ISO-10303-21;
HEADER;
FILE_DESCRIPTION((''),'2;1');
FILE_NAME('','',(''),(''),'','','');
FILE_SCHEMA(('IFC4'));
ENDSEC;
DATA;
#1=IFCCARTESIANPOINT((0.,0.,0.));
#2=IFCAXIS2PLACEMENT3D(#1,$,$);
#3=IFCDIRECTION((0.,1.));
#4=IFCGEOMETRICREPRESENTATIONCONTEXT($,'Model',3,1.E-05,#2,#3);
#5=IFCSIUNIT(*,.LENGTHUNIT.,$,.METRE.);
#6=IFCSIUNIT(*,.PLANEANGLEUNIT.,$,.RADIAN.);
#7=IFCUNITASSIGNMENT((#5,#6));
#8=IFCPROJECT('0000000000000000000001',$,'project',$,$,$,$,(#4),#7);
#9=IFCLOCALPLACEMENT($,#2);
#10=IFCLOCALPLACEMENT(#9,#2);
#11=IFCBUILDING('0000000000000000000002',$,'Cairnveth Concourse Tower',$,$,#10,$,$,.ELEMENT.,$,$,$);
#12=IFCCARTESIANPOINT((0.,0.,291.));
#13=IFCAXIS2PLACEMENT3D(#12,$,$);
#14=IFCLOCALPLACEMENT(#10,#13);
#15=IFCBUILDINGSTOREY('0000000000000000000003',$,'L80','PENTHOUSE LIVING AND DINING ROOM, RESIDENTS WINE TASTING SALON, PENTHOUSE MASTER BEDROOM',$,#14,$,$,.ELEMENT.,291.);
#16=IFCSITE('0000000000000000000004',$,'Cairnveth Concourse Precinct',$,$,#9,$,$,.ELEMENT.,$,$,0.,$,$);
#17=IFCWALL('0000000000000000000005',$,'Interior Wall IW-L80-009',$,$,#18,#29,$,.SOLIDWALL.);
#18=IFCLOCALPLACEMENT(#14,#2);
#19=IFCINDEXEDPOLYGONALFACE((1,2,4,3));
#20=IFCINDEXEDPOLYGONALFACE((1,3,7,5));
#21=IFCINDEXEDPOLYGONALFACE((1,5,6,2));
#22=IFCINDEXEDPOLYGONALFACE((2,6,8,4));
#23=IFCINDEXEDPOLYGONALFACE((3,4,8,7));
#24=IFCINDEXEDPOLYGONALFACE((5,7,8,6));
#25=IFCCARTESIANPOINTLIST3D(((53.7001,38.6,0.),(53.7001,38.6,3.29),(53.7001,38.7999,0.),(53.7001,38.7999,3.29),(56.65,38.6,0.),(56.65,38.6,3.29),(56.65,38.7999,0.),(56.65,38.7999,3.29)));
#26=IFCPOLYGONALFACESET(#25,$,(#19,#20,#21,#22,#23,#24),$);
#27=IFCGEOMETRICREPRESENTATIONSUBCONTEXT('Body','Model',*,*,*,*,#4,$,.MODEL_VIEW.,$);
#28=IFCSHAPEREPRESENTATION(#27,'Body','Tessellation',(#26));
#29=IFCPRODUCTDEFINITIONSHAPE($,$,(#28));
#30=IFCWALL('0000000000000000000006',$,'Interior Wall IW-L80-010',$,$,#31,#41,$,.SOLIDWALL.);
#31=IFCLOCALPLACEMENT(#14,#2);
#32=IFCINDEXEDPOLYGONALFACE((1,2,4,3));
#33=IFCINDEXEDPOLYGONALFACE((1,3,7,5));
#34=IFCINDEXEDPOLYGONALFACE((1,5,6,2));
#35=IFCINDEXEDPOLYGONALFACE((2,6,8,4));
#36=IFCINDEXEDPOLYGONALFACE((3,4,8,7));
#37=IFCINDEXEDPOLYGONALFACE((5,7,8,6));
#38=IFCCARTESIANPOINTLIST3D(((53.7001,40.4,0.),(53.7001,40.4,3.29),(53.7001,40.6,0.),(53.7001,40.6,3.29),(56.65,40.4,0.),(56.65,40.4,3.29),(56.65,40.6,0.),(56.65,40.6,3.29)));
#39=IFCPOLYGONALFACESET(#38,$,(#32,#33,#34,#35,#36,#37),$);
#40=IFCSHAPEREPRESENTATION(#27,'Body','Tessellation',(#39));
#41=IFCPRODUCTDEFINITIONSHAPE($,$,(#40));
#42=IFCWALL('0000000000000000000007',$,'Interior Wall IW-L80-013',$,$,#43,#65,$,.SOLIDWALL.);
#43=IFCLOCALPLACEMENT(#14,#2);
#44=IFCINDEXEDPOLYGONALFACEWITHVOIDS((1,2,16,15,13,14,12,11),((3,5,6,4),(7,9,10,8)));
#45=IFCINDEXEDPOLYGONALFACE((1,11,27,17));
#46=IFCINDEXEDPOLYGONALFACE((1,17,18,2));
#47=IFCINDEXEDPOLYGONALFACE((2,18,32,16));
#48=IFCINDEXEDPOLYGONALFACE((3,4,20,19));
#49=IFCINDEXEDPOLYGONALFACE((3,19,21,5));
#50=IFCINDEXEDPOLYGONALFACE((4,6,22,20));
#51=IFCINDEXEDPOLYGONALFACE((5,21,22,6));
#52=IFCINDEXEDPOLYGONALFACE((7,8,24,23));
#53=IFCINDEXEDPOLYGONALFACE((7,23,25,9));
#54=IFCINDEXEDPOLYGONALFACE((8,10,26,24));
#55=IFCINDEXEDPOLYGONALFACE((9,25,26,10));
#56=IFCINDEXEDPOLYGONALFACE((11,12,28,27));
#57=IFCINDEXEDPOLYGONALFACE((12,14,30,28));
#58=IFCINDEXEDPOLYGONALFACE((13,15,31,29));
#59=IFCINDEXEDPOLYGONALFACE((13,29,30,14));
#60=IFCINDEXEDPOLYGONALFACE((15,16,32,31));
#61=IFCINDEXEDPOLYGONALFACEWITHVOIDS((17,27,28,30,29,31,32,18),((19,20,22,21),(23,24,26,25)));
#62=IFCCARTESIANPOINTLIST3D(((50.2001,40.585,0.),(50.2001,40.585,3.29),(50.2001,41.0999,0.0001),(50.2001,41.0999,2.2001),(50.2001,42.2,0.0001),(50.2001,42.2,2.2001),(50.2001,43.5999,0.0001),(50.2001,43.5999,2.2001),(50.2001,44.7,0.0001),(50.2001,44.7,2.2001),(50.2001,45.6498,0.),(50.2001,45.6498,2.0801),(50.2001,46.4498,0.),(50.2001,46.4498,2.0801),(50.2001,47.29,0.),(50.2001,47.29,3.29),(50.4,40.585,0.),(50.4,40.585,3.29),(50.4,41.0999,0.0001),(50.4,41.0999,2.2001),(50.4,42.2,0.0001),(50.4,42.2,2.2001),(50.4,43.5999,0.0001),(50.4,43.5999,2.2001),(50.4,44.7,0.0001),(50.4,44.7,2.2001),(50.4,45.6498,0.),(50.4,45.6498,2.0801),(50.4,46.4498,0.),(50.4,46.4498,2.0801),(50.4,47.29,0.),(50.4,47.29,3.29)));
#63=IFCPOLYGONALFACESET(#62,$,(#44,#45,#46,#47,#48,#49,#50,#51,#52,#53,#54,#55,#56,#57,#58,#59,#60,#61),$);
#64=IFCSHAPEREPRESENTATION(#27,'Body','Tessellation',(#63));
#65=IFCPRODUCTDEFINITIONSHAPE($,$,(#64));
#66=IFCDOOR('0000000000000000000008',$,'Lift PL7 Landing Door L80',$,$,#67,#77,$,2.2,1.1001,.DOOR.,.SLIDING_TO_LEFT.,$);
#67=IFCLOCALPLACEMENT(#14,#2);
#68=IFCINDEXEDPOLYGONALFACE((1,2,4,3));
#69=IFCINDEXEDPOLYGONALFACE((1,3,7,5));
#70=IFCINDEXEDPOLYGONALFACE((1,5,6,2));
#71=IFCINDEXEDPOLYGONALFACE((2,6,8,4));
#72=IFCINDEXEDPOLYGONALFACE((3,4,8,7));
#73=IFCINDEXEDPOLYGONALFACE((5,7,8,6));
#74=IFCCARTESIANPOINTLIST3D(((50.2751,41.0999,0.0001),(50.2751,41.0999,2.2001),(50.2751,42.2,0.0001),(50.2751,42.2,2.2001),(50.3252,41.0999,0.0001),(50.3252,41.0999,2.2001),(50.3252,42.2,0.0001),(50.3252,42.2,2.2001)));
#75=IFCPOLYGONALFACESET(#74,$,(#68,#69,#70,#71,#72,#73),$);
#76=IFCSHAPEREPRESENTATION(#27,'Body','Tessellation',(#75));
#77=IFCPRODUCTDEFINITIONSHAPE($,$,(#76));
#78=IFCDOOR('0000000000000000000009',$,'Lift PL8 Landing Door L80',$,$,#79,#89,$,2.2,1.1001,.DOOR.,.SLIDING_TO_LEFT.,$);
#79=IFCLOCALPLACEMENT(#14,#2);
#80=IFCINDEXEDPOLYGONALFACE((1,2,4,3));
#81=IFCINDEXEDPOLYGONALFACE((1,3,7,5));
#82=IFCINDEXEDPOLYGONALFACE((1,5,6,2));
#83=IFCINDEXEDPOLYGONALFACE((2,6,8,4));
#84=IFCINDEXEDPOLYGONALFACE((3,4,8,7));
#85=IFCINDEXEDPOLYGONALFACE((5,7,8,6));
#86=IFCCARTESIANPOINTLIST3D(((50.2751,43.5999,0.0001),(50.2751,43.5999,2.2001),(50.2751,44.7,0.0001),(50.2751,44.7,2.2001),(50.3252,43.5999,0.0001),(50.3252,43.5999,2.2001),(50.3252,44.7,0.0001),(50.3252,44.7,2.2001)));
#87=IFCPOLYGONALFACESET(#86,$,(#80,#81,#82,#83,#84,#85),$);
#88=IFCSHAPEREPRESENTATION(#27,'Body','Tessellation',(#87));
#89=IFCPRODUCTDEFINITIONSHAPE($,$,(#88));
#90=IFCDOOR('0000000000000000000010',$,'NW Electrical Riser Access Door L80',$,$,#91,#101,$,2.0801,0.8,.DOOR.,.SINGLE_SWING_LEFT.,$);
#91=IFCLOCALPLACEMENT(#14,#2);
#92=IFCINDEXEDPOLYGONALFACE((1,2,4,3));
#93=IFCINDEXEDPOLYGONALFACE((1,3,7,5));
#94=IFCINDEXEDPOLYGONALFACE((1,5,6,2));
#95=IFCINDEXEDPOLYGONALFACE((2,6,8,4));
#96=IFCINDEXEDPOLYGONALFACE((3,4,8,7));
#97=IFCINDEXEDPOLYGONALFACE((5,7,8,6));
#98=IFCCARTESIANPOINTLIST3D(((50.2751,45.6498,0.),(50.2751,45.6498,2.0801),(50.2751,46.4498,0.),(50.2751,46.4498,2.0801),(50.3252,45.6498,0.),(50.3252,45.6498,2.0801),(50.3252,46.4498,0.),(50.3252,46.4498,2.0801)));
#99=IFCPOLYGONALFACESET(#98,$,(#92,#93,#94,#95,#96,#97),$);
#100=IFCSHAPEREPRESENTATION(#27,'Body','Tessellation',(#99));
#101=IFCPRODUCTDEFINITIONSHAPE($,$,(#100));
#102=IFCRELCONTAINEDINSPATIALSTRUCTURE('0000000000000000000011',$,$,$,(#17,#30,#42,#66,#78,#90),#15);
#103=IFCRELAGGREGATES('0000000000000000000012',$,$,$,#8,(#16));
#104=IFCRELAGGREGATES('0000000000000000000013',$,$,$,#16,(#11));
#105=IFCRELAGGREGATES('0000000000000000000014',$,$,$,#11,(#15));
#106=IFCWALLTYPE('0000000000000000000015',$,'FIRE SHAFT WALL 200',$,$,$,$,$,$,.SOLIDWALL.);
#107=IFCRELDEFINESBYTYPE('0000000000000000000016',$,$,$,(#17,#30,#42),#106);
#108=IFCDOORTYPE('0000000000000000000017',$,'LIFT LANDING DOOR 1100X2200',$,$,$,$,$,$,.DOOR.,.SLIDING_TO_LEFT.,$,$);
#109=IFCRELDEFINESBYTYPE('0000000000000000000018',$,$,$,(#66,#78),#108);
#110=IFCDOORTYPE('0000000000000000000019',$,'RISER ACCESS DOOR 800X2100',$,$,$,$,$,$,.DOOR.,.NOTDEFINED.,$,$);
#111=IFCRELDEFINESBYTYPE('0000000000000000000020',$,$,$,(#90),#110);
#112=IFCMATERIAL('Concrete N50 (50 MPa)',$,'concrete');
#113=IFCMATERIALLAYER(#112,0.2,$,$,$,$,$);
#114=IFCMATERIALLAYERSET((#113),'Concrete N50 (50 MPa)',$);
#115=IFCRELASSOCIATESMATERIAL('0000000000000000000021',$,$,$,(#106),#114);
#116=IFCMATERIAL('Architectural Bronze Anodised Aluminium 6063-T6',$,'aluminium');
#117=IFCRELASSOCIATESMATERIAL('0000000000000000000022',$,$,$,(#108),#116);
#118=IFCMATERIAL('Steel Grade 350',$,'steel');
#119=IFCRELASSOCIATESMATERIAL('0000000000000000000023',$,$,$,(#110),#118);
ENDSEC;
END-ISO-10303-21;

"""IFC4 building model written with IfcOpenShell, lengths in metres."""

from ifc_helpers import new_model, si_unit, direction, frame, frame_2d, origin, place, context, subcontext, project, spatial, rectangle, extrude, material, layer, layer_set, type_object, element, fill, save


model = new_model("IFC4")

# Units and contexts
model_context = context("Model", 3, precision=1e-05, world=origin(), true_north=direction((0.0, 1.0)))
body_context = subcontext(model_context, "Body", "Model", "MODEL_VIEW")
ifc_project = project(units=[si_unit("LENGTHUNIT", "METRE"), si_unit("PLANEANGLEUNIT", "RADIAN")], contexts=[model_context])

# Site, building, storey
site_placement = place(None, origin())
site = spatial("IfcSite", under=ifc_project, at=site_placement, Name="Cairnveth Concourse Precinct", CompositionType="ELEMENT", RefElevation=0.0)
building_placement = place(site_placement, origin())
building = spatial("IfcBuilding", under=site, at=building_placement, Name="Cairnveth Concourse Tower", CompositionType="ELEMENT")
storey_placement = place(building_placement, frame((0.0, 0.0, 291.0)))
storey = spatial("IfcBuildingStorey", under=building, at=storey_placement, Name="L80", Description="PENTHOUSE LIVING AND DINING ROOM, RESIDENTS WINE TASTING SALON, PENTHOUSE MASTER BEDROOM", CompositionType="ELEMENT", Elevation=291.0)

# Shared definitions
ifc_material_1 = material(Name="Steel Grade 350", Category="steel")

# Shared definitions
ifc_material_2 = material(Name="Concrete N50 (50 MPa)", Category="concrete")

# Walls
ifc_layer_1 = layer(ifc_material_2, 0.2)
ifc_layer_set_1 = layer_set([ifc_layer_1], Name="Concrete N50 (50 MPa)")
wall_type_1 = type_object("IfcWallType", Name="FIRE SHAFT WALL 200", PredefinedType="SOLIDWALL", material=ifc_layer_set_1)
for number, where, z_axis, x_axis, name in (
    (1, (53.7, 38.7, 0.0), (0.0, 0.0, 1.0), (1.0, 0.0, 0.0), "Interior Wall IW-L80-009"),
    (2, (53.7, 40.5, 0.0), (0.0, 0.0, 1.0), (1.0, 0.0, 0.0), "Interior Wall IW-L80-010"),
):
    element("IfcWall", number, at=place(storey_placement, frame(where, z_axis=z_axis, x_axis=x_axis)), inside=storey, type_object=wall_type_1, Name=name, PredefinedType="SOLIDWALL", context=body_context, shape_type="SweptSolid", body=[
        extrude(rectangle(XDim=2.95, YDim=0.2, at=frame_2d((1.4751, 0.0))), origin(), (0.0, 0.0, 1.0), 3.29),
    ])

# Wall, openings, doors
wall_1_placement = place(storey_placement, frame((50.3, 40.585, 0.0), z_axis=(0.0, 0.0, 1.0), x_axis=(0.0, 1.0, 0.0)))
wall_1 = element("IfcWall", 3, at=wall_1_placement, inside=storey, type_object=wall_type_1, Name="Interior Wall IW-L80-013", PredefinedType="SOLIDWALL", context=body_context, shape_type="SweptSolid", body=[
    extrude(rectangle(XDim=6.7051, YDim=0.2, at=frame_2d((3.3525, 0.0))), origin(), (0.0, 0.0, 1.0), 3.29),
])
opening_1_placement = place(wall_1_placement, frame((0.5149, 0.0, 0.0)))
opening_1 = element("IfcOpeningElement", 4, at=opening_1_placement, cuts=wall_1, PredefinedType="OPENING", context=body_context, shape_type="SweptSolid", body=[
    extrude(rectangle(XDim=1.1001, YDim=2.2, at=frame_2d((0.55, 1.1001))), frame((0.0, 0.1099, 0.0), z_axis=(0.0, -1.0, 0.0), x_axis=(1.0, 0.0, 0.0)), (0.0, 0.0, 1.0), 0.22),
])
opening_2_placement = place(wall_1_placement, frame((3.0149, 0.0, 0.0)))
opening_2 = element("IfcOpeningElement", 5, at=opening_2_placement, cuts=wall_1, PredefinedType="OPENING", context=body_context, shape_type="SweptSolid", body=[
    extrude(rectangle(XDim=1.1001, YDim=2.2, at=frame_2d((0.55, 1.1001))), frame((0.0, 0.1099, 0.0), z_axis=(0.0, -1.0, 0.0), x_axis=(1.0, 0.0, 0.0)), (0.0, 0.0, 1.0), 0.22),
])
opening_3_placement = place(wall_1_placement, frame((5.0649, 0.0, 0.0)))
opening_3 = element("IfcOpeningElement", 6, at=opening_3_placement, cuts=wall_1, PredefinedType="OPENING", context=body_context, shape_type="SweptSolid", body=[
    extrude(rectangle(XDim=0.8, YDim=2.0801, at=frame_2d((0.3999, 1.04))), frame((0.0, 0.1099, 0.0), z_axis=(0.0, -1.0, 0.0), x_axis=(1.0, 0.0, 0.0)), (0.0, 0.0, 1.0), 0.22),
])
ifc_material_3 = material(Name="Architectural Bronze Anodised Aluminium 6063-T6", Category="aluminium")
door_type_1 = type_object("IfcDoorType", Name="LIFT LANDING DOOR 1100X2200", OperationType="SLIDING_TO_LEFT", PredefinedType="DOOR", material=ifc_material_3)
door_1_placement = place(opening_1_placement, origin())
door_1 = element("IfcDoor", 7, at=door_1_placement, inside=storey, type_object=door_type_1, Name="Lift PL7 Landing Door L80", OperationType="SLIDING_TO_LEFT", OverallHeight=2.2, OverallWidth=1.1001, PredefinedType="DOOR", context=body_context, shape_type="SweptSolid", body=[
    extrude(rectangle(XDim=1.1001, YDim=2.2, at=frame_2d((0.55, 1.1001))), frame((0.0, 0.0249, 0.0), z_axis=(0.0, -1.0, 0.0), x_axis=(1.0, 0.0, 0.0)), (0.0, 0.0, 1.0), 0.05),
])
fill(opening_1, door_1)
door_2_placement = place(opening_2_placement, origin())
door_2 = element("IfcDoor", 8, at=door_2_placement, inside=storey, type_object=door_type_1, Name="Lift PL8 Landing Door L80", OperationType="SLIDING_TO_LEFT", OverallHeight=2.2, OverallWidth=1.1001, PredefinedType="DOOR", context=body_context, shape_type="SweptSolid", body=[
    extrude(rectangle(XDim=1.1001, YDim=2.2, at=frame_2d((0.55, 1.1001))), frame((0.0, 0.0249, 0.0), z_axis=(0.0, -1.0, 0.0), x_axis=(1.0, 0.0, 0.0)), (0.0, 0.0, 1.0), 0.05),
])
fill(opening_2, door_2)
door_type_2 = type_object("IfcDoorType", Name="RISER ACCESS DOOR 800X2100", OperationType="NOTDEFINED", PredefinedType="DOOR", material=ifc_material_1)
door_3_placement = place(opening_3_placement, origin())
door_3 = element("IfcDoor", 9, at=door_3_placement, inside=storey, type_object=door_type_2, Name="NW Electrical Riser Access Door L80", OperationType="SINGLE_SWING_LEFT", OverallHeight=2.0801, OverallWidth=0.8, PredefinedType="DOOR", context=body_context, shape_type="SweptSolid", body=[
    extrude(rectangle(XDim=0.8, YDim=2.0801, at=frame_2d((0.3999, 1.04))), frame((0.0, 0.0249, 0.0), z_axis=(0.0, -1.0, 0.0), x_axis=(1.0, 0.0, 0.0)), (0.0, 0.0, 1.0), 0.05),
])
fill(opening_3, door_3)

save(model, "model.ifc")
